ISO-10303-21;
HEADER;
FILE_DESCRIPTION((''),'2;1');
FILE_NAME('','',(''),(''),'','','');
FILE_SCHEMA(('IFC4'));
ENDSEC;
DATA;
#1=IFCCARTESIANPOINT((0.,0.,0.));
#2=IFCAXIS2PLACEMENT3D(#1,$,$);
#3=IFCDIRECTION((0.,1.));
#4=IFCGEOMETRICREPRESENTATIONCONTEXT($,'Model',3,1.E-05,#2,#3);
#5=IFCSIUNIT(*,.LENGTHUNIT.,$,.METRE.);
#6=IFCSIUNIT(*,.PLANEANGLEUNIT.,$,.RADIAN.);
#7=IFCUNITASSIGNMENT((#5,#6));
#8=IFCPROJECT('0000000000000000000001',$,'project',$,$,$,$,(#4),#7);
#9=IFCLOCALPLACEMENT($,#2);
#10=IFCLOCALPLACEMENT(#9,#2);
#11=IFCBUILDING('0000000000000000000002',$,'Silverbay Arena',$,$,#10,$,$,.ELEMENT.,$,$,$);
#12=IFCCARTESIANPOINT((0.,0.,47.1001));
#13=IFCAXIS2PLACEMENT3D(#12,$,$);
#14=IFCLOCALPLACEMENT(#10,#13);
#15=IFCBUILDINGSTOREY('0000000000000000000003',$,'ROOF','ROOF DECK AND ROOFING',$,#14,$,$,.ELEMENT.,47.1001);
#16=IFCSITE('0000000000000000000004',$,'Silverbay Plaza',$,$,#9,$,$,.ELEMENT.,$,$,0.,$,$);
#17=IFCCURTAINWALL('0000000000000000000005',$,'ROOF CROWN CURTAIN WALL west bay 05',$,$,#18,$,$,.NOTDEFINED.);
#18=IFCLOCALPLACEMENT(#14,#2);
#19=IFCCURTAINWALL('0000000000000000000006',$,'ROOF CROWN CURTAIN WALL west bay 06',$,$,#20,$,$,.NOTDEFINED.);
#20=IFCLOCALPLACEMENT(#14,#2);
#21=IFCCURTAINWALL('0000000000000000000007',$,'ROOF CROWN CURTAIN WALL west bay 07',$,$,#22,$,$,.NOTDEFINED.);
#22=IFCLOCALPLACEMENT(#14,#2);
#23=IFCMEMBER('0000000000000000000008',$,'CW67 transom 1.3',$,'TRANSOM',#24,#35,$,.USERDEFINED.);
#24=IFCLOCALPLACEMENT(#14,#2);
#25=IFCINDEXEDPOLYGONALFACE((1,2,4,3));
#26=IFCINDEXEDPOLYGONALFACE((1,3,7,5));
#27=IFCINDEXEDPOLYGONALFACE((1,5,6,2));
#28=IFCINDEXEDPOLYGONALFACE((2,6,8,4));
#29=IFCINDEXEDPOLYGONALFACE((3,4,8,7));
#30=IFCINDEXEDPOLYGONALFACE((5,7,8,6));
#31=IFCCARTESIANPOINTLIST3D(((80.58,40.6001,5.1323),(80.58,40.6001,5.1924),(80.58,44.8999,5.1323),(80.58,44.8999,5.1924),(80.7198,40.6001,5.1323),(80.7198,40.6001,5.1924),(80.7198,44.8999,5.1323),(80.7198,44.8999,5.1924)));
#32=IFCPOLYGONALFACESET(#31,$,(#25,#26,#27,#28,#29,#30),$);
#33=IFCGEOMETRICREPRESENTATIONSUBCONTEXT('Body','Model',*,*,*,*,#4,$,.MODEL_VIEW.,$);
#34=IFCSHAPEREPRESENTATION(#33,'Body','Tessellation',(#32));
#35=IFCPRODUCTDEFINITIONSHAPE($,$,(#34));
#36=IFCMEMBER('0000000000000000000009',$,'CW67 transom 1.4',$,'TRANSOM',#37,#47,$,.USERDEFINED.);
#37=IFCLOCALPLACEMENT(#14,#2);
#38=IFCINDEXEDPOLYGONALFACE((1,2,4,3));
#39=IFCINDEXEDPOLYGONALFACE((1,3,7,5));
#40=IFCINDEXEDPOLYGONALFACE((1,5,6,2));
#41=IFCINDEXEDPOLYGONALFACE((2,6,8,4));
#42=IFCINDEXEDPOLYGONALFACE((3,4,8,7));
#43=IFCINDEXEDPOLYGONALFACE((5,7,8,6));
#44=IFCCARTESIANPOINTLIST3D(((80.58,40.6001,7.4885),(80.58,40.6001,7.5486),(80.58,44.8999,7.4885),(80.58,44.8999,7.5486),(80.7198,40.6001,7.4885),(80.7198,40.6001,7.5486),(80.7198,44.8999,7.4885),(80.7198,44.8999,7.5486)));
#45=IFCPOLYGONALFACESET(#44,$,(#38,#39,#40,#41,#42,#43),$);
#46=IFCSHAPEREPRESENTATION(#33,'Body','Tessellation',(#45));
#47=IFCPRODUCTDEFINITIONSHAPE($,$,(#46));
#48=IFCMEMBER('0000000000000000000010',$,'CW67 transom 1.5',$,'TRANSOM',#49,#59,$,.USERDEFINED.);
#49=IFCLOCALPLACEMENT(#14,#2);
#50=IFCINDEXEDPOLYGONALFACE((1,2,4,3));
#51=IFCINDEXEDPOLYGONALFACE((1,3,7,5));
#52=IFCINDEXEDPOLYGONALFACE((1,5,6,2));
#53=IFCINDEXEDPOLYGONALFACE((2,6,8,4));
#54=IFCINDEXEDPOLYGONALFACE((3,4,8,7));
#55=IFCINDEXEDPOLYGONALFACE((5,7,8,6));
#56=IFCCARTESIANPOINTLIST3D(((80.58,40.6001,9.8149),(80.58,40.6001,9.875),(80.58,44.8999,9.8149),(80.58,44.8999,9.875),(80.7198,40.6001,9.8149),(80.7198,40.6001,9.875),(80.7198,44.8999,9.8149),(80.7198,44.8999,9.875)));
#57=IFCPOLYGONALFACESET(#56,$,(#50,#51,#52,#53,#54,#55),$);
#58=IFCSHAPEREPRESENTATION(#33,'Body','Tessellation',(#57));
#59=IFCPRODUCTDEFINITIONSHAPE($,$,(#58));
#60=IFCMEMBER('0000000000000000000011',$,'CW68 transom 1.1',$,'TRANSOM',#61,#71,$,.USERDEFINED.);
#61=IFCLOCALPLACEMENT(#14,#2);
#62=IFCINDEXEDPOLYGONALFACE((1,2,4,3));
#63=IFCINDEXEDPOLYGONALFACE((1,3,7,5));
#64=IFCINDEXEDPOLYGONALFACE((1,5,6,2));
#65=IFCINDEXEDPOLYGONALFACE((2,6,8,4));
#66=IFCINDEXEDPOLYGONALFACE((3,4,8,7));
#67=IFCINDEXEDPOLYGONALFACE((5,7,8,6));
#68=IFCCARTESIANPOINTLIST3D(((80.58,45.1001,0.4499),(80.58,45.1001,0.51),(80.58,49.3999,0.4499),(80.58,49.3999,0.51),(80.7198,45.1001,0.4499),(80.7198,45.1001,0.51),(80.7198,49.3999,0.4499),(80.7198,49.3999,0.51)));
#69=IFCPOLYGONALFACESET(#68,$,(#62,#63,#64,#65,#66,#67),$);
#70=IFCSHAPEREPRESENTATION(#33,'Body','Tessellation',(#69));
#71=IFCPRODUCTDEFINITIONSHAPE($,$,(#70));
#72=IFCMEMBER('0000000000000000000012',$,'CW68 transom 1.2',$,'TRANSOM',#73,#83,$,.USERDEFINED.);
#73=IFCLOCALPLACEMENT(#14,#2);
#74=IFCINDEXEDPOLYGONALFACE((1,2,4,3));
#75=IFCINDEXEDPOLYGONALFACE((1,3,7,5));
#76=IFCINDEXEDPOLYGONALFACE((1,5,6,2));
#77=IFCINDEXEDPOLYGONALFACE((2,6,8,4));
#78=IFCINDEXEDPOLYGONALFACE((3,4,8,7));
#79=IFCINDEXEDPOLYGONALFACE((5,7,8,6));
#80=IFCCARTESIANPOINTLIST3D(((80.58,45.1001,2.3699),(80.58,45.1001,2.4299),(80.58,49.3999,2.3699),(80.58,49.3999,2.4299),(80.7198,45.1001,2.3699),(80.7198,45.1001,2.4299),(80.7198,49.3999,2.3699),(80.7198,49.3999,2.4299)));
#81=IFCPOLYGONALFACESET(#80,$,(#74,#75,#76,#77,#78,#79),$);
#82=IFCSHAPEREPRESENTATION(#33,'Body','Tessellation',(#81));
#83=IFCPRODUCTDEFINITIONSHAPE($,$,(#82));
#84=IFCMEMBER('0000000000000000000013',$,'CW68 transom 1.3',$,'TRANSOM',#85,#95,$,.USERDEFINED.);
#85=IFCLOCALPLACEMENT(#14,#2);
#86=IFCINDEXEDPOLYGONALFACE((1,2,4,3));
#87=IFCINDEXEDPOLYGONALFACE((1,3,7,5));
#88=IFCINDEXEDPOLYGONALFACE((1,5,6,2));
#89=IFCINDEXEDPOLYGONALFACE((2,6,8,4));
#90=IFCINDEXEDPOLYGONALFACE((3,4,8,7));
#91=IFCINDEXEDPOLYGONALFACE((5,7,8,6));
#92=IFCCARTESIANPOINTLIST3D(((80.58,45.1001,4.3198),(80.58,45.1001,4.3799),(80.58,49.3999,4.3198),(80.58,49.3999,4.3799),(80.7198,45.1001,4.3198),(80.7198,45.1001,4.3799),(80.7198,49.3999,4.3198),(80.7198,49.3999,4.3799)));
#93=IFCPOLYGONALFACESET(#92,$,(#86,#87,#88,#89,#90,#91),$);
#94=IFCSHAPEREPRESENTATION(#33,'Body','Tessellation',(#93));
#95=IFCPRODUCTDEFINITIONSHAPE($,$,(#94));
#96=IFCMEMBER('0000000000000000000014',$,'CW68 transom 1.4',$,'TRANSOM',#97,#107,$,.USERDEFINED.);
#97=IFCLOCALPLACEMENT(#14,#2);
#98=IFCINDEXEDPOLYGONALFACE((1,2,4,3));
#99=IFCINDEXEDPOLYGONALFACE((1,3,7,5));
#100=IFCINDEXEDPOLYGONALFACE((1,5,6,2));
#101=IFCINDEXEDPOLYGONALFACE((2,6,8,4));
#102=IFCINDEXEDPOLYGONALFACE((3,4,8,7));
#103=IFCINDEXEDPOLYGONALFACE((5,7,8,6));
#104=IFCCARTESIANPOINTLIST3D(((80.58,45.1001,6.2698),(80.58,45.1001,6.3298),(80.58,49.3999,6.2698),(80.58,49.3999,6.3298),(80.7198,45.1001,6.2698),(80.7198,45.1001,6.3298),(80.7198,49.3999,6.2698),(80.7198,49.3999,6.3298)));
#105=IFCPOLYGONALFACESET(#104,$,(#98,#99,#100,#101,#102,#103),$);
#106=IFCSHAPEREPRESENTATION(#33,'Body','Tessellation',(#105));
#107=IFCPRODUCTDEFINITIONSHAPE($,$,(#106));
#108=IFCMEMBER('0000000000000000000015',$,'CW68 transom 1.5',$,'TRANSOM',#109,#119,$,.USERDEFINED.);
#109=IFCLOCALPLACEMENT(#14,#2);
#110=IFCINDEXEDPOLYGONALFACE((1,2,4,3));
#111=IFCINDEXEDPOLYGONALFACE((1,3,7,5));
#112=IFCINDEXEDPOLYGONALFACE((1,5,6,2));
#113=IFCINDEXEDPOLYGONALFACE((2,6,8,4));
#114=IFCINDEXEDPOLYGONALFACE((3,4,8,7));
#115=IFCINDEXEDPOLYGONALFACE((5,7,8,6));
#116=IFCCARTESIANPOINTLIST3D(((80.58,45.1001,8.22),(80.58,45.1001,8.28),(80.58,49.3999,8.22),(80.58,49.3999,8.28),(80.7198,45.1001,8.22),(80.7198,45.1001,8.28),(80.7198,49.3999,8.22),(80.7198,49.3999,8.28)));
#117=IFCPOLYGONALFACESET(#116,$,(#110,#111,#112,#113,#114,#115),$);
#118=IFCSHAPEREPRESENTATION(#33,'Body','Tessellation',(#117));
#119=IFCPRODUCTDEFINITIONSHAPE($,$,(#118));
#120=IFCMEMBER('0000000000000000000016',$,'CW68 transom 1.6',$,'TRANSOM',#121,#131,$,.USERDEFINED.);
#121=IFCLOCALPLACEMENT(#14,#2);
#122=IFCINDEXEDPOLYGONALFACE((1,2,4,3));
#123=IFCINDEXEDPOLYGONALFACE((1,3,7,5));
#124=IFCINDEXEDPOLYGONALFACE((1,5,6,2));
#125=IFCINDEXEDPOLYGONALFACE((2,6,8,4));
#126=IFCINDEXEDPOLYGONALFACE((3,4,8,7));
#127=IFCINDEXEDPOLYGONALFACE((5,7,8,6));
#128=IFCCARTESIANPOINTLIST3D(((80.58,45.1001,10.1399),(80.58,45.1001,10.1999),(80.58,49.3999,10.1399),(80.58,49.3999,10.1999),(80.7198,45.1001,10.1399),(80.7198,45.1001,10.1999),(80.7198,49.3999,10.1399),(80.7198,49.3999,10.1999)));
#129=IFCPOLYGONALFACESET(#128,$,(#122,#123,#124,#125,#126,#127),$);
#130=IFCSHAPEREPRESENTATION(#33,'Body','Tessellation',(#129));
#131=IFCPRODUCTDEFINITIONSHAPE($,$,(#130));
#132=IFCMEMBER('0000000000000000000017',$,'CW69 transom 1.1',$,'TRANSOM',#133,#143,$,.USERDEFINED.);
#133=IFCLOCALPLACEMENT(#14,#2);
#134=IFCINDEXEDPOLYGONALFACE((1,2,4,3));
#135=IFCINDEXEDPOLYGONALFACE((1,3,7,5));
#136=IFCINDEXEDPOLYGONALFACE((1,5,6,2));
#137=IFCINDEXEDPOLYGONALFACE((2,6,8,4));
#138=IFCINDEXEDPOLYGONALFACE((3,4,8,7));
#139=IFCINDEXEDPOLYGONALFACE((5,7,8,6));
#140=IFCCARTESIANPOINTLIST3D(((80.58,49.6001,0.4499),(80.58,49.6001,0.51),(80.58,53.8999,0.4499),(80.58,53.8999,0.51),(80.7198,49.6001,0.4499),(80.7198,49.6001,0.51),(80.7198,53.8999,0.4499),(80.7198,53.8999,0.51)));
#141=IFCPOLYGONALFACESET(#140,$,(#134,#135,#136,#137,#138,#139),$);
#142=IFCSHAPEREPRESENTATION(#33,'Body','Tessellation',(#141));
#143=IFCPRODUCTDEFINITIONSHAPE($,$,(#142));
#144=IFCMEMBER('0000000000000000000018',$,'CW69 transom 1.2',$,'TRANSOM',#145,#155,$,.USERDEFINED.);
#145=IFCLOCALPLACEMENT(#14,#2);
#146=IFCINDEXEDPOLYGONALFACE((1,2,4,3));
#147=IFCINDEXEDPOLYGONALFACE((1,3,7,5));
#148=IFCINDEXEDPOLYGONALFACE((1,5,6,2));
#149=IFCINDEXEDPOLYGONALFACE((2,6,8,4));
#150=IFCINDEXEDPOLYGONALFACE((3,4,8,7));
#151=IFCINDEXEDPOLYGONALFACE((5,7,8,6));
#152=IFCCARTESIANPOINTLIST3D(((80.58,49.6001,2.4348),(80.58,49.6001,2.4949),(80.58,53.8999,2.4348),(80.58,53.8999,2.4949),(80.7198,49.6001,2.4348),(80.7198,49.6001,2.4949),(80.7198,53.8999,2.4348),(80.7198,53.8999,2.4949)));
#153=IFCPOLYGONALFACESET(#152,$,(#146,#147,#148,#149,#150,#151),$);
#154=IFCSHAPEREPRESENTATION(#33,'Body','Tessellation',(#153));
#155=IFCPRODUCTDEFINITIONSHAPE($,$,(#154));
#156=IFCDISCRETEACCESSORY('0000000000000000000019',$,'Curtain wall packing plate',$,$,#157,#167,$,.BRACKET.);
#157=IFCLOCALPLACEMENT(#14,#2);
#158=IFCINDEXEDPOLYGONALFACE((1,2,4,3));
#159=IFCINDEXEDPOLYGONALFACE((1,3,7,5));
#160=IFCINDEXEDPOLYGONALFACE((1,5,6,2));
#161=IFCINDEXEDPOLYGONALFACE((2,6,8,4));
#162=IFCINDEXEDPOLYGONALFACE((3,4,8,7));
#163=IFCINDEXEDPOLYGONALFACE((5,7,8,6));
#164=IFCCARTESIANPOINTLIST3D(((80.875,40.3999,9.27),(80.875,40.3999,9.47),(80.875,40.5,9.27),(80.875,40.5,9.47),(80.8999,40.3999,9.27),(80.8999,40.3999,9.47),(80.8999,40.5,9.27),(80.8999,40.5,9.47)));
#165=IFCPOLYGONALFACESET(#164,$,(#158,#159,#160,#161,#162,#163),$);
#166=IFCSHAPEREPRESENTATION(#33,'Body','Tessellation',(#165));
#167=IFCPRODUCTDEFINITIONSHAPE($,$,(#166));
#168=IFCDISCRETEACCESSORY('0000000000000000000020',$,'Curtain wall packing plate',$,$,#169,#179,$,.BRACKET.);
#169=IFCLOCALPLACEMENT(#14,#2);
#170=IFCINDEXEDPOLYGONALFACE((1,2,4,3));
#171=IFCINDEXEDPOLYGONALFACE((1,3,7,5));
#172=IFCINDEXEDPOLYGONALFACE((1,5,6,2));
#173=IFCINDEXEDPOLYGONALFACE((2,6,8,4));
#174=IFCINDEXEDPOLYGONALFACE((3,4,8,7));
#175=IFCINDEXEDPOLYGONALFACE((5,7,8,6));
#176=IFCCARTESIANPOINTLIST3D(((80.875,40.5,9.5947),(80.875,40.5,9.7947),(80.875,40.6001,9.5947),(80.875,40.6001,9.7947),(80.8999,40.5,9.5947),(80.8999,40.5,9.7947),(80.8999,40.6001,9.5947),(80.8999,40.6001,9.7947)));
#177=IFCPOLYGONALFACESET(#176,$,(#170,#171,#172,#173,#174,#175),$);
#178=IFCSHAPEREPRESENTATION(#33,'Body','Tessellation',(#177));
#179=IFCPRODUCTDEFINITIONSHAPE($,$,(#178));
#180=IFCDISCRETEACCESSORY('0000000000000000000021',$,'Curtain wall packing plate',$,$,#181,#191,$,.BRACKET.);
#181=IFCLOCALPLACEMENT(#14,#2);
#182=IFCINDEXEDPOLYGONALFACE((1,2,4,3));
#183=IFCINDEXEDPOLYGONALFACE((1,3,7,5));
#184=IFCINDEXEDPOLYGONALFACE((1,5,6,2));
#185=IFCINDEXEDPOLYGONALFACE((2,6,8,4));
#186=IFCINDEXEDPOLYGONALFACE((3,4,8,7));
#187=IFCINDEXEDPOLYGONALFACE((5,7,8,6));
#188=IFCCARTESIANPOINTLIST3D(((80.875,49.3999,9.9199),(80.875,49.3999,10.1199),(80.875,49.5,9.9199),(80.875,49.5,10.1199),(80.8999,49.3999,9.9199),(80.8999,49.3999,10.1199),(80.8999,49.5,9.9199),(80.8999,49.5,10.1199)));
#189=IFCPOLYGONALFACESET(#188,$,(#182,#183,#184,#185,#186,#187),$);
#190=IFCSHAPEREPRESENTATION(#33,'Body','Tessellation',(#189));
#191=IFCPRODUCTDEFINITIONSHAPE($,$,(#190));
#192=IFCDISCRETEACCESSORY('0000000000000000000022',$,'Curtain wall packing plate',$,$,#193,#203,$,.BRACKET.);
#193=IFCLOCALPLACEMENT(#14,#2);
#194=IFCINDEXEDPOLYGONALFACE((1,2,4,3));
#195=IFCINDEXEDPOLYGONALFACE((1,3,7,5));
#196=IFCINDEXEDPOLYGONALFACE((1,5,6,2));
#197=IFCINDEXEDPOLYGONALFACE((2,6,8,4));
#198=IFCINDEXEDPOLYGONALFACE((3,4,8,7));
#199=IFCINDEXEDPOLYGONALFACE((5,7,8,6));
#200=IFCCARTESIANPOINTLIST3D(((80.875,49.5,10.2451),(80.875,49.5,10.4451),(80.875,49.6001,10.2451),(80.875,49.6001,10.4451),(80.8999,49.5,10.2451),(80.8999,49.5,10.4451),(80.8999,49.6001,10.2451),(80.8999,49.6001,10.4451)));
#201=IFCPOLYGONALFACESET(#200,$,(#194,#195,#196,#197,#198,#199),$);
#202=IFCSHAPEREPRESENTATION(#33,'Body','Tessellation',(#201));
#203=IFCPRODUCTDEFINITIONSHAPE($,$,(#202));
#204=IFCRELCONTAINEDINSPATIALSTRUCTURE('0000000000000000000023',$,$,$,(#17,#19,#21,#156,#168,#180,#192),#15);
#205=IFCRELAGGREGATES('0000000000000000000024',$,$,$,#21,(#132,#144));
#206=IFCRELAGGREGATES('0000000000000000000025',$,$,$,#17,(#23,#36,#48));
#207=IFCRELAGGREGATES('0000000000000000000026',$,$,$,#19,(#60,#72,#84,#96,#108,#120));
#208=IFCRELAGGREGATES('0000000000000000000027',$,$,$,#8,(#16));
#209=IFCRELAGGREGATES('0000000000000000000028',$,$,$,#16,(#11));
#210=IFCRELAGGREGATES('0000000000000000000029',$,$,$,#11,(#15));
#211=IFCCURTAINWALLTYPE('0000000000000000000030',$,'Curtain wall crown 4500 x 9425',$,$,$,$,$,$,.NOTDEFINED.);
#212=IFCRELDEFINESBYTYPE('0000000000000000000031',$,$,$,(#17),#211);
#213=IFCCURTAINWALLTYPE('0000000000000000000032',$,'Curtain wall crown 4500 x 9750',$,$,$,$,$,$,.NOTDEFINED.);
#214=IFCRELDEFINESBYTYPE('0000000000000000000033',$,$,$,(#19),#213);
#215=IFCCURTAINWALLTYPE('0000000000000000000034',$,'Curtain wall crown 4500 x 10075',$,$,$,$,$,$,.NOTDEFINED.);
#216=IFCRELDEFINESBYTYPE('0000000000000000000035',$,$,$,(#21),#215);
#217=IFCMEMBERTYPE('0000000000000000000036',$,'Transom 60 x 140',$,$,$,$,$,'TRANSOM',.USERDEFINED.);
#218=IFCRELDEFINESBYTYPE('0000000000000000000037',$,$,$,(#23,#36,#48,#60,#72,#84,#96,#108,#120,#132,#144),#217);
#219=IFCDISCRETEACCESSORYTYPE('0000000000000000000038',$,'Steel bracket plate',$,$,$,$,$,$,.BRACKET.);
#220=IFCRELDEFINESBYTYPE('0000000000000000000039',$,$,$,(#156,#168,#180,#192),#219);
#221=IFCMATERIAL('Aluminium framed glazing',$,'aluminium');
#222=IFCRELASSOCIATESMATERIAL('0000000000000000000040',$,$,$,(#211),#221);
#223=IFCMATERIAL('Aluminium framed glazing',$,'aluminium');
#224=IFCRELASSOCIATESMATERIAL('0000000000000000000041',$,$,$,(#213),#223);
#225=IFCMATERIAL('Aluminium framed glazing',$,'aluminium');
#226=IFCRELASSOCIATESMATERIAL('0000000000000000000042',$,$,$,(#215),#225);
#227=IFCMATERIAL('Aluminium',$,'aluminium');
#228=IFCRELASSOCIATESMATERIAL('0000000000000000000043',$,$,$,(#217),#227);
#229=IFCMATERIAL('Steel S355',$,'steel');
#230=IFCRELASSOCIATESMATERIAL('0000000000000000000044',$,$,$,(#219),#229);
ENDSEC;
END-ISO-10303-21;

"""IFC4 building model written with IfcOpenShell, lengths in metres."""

from ifc_helpers import new_model, si_unit, direction, frame, origin, origin_2d, place, context, subcontext, project, spatial, rectangle, extrude, material, material_profile, profile_set, type_object, element, aggregate, save


model = new_model("IFC4")

# Units and contexts
model_context = context("Model", 3, precision=1e-05, world=origin(), true_north=direction((0.0, 1.0)))
body_context = subcontext(model_context, "Body", "Model", "MODEL_VIEW")
ifc_project = project(units=[si_unit("LENGTHUNIT", "METRE"), si_unit("PLANEANGLEUNIT", "RADIAN")], contexts=[model_context])

# Site, building, storey
site_placement = place(None, origin())
site = spatial("IfcSite", under=ifc_project, at=site_placement, Name="Silverbay Plaza", CompositionType="ELEMENT", RefElevation=0.0)
building_placement = place(site_placement, origin())
building = spatial("IfcBuilding", under=site, at=building_placement, Name="Silverbay Arena", CompositionType="ELEMENT")
storey_placement = place(building_placement, frame((0.0, 0.0, 47.1001)))
storey = spatial("IfcBuildingStorey", under=building, at=storey_placement, Name="ROOF", Description="ROOF DECK AND ROOFING", CompositionType="ELEMENT", Elevation=47.1001)

# Shared definitions
placement = place(building_placement, frame((0.0, 0.0, 33.5)))

# Curtain walls
ifc_material_1 = material(Name="Aluminium framed glazing", Category="aluminium")
curtain_wall_type_1 = type_object("IfcCurtainWallType", Name="Curtain wall crown 4500 x 9425", PredefinedType="NOTDEFINED", material=ifc_material_1)
curtain_wall_1_placement = place(storey_placement, origin())
curtain_wall_1 = element("IfcCurtainWall", 1, at=curtain_wall_1_placement, inside=storey, type_object=curtain_wall_type_1, Name="ROOF CROWN CURTAIN WALL west bay 05", PredefinedType="NOTDEFINED")
ifc_material_2 = material(Name="Aluminium framed glazing", Category="aluminium")
curtain_wall_type_2 = type_object("IfcCurtainWallType", Name="Curtain wall crown 4500 x 9750", PredefinedType="NOTDEFINED", material=ifc_material_2)
curtain_wall_2_placement = place(storey_placement, origin())
curtain_wall_2 = element("IfcCurtainWall", 2, at=curtain_wall_2_placement, inside=storey, type_object=curtain_wall_type_2, Name="ROOF CROWN CURTAIN WALL west bay 06", PredefinedType="NOTDEFINED")

# Curtain wall
ifc_material_3 = material(Name="Aluminium framed glazing", Category="aluminium")
curtain_wall_type_3 = type_object("IfcCurtainWallType", Name="Curtain wall crown 4500 x 10075", PredefinedType="NOTDEFINED", material=ifc_material_3)
curtain_wall_3_placement = place(storey_placement, origin())
curtain_wall_3 = element("IfcCurtainWall", 3, at=curtain_wall_3_placement, inside=storey, type_object=curtain_wall_type_3, Name="ROOF CROWN CURTAIN WALL west bay 07", PredefinedType="NOTDEFINED")

# Members
ifc_material_4 = material(Name="Aluminium", Category="aluminium")
ifc_material_profile_1 = material_profile(ifc_material_4, rectangle(XDim=0.1399, YDim=0.0601, at=origin_2d()), Name="Transom 60 x 140")
ifc_profile_set_1 = profile_set([ifc_material_profile_1], Name="Aluminium")
member_type_1 = type_object("IfcMemberType", Name="Transom 60 x 140", ElementType="TRANSOM", PredefinedType="USERDEFINED", material=ifc_profile_set_1)
member_1_placement = place(placement, frame((80.6499, 40.6001, 18.7625), z_axis=(0.0, 1.0, 0.0), x_axis=(-1.0, 0.0, 0.0)))
member_1 = element("IfcMember", 4, at=member_1_placement, type_object=member_type_1, Name="CW67 transom 1.3", ObjectType="TRANSOM", PredefinedType="USERDEFINED", context=body_context, shape_type="SweptSolid", body=[
    extrude(rectangle(XDim=0.1399, YDim=0.0601, at=origin_2d()), origin(), (0.0, 0.0, 1.0), 4.2998),
])
member_2_placement = place(placement, frame((80.6499, 40.6001, 21.1187), z_axis=(0.0, 1.0, 0.0), x_axis=(-1.0, 0.0, 0.0)))
member_2 = element("IfcMember", 5, at=member_2_placement, type_object=member_type_1, Name="CW67 transom 1.4", ObjectType="TRANSOM", PredefinedType="USERDEFINED", context=body_context, shape_type="SweptSolid", body=[
    extrude(rectangle(XDim=0.1399, YDim=0.0601, at=origin_2d()), origin(), (0.0, 0.0, 1.0), 4.2998),
])
member_3_placement = place(placement, frame((80.6499, 40.6001, 23.4451), z_axis=(0.0, 1.0, 0.0), x_axis=(-1.0, 0.0, 0.0)))
member_3 = element("IfcMember", 6, at=member_3_placement, type_object=member_type_1, Name="CW67 transom 1.5", ObjectType="TRANSOM", PredefinedType="USERDEFINED", context=body_context, shape_type="SweptSolid", body=[
    extrude(rectangle(XDim=0.1399, YDim=0.0601, at=origin_2d()), origin(), (0.0, 0.0, 1.0), 4.2998),
])
member_4_placement = place(placement, frame((80.6499, 45.1001, 14.0801), z_axis=(0.0, 1.0, 0.0), x_axis=(-1.0, 0.0, 0.0)))
member_4 = element("IfcMember", 7, at=member_4_placement, type_object=member_type_1, Name="CW68 transom 1.1", ObjectType="TRANSOM", PredefinedType="USERDEFINED", context=body_context, shape_type="SweptSolid", body=[
    extrude(rectangle(XDim=0.1399, YDim=0.0601, at=origin_2d()), origin(), (0.0, 0.0, 1.0), 4.2998),
])
member_5_placement = place(placement, frame((80.6499, 45.1001, 16.0), z_axis=(0.0, 1.0, 0.0), x_axis=(-1.0, 0.0, 0.0)))
member_5 = element("IfcMember", 8, at=member_5_placement, type_object=member_type_1, Name="CW68 transom 1.2", ObjectType="TRANSOM", PredefinedType="USERDEFINED", context=body_context, shape_type="SweptSolid", body=[
    extrude(rectangle(XDim=0.1399, YDim=0.0601, at=origin_2d()), origin(), (0.0, 0.0, 1.0), 4.2998),
])
member_6_placement = place(placement, frame((80.6499, 45.1001, 17.95), z_axis=(0.0, 1.0, 0.0), x_axis=(-1.0, 0.0, 0.0)))
member_6 = element("IfcMember", 9, at=member_6_placement, type_object=member_type_1, Name="CW68 transom 1.3", ObjectType="TRANSOM", PredefinedType="USERDEFINED", context=body_context, shape_type="SweptSolid", body=[
    extrude(rectangle(XDim=0.1399, YDim=0.0601, at=origin_2d()), origin(), (0.0, 0.0, 1.0), 4.2998),
])
member_7_placement = place(placement, frame((80.6499, 45.1001, 19.8999), z_axis=(0.0, 1.0, 0.0), x_axis=(-1.0, 0.0, 0.0)))
member_7 = element("IfcMember", 10, at=member_7_placement, type_object=member_type_1, Name="CW68 transom 1.4", ObjectType="TRANSOM", PredefinedType="USERDEFINED", context=body_context, shape_type="SweptSolid", body=[
    extrude(rectangle(XDim=0.1399, YDim=0.0601, at=origin_2d()), origin(), (0.0, 0.0, 1.0), 4.2998),
])
member_8_placement = place(placement, frame((80.6499, 45.1001, 21.8501), z_axis=(0.0, 1.0, 0.0), x_axis=(-1.0, 0.0, 0.0)))
member_8 = element("IfcMember", 11, at=member_8_placement, type_object=member_type_1, Name="CW68 transom 1.5", ObjectType="TRANSOM", PredefinedType="USERDEFINED", context=body_context, shape_type="SweptSolid", body=[
    extrude(rectangle(XDim=0.1399, YDim=0.0601, at=origin_2d()), origin(), (0.0, 0.0, 1.0), 4.2998),
])
member_9_placement = place(placement, frame((80.6499, 45.1001, 23.77), z_axis=(0.0, 1.0, 0.0), x_axis=(-1.0, 0.0, 0.0)))
member_9 = element("IfcMember", 12, at=member_9_placement, type_object=member_type_1, Name="CW68 transom 1.6", ObjectType="TRANSOM", PredefinedType="USERDEFINED", context=body_context, shape_type="SweptSolid", body=[
    extrude(rectangle(XDim=0.1399, YDim=0.0601, at=origin_2d()), origin(), (0.0, 0.0, 1.0), 4.2998),
])
member_10_placement = place(placement, frame((80.6499, 49.6001, 14.0801), z_axis=(0.0, 1.0, 0.0), x_axis=(-1.0, 0.0, 0.0)))
member_10 = element("IfcMember", 13, at=member_10_placement, type_object=member_type_1, Name="CW69 transom 1.1", ObjectType="TRANSOM", PredefinedType="USERDEFINED", context=body_context, shape_type="SweptSolid", body=[
    extrude(rectangle(XDim=0.1399, YDim=0.0601, at=origin_2d()), origin(), (0.0, 0.0, 1.0), 4.2998),
])
member_11_placement = place(placement, frame((80.6499, 49.6001, 16.0649), z_axis=(0.0, 1.0, 0.0), x_axis=(-1.0, 0.0, 0.0)))
member_11 = element("IfcMember", 14, at=member_11_placement, type_object=member_type_1, Name="CW69 transom 1.2", ObjectType="TRANSOM", PredefinedType="USERDEFINED", context=body_context, shape_type="SweptSolid", body=[
    extrude(rectangle(XDim=0.1399, YDim=0.0601, at=origin_2d()), origin(), (0.0, 0.0, 1.0), 4.2998),
])
aggregate(curtain_wall_3, [member_10, member_11])

aggregate(curtain_wall_1, [member_1, member_2, member_3])
aggregate(curtain_wall_2, [member_4, member_5, member_6, member_7, member_8, member_9])

# Discrete accessories
ifc_material_5 = material(Name="Steel S355", Category="steel")
discrete_accessory_type = type_object("IfcDiscreteAccessoryType", Name="Steel bracket plate", PredefinedType="BRACKET", material=ifc_material_5)
for number, where, z_axis, x_axis, name in (
    (15, (80.8875, 40.45, 9.27), (0.0, 0.0, 1.0), (1.0, 0.0, 0.0), "Curtain wall packing plate"),
    (16, (80.8875, 40.55, 9.5947), (0.0, 0.0, 1.0), (1.0, 0.0, 0.0), "Curtain wall packing plate"),
    (17, (80.8875, 49.45, 9.9199), (0.0, 0.0, 1.0), (1.0, 0.0, 0.0), "Curtain wall packing plate"),
    (18, (80.8875, 49.55, 10.2451), (0.0, 0.0, 1.0), (1.0, 0.0, 0.0), "Curtain wall packing plate"),
):
    element("IfcDiscreteAccessory", number, at=place(storey_placement, frame(where, z_axis=z_axis, x_axis=x_axis)), inside=storey, type_object=discrete_accessory_type, Name=name, PredefinedType="BRACKET", context=body_context, shape_type="SweptSolid", body=[
        extrude(rectangle(XDim=0.0249, YDim=0.1001, at=origin_2d()), origin(), (0.0, 0.0, 1.0), 0.2),
    ])

save(model, "model.ifc")
